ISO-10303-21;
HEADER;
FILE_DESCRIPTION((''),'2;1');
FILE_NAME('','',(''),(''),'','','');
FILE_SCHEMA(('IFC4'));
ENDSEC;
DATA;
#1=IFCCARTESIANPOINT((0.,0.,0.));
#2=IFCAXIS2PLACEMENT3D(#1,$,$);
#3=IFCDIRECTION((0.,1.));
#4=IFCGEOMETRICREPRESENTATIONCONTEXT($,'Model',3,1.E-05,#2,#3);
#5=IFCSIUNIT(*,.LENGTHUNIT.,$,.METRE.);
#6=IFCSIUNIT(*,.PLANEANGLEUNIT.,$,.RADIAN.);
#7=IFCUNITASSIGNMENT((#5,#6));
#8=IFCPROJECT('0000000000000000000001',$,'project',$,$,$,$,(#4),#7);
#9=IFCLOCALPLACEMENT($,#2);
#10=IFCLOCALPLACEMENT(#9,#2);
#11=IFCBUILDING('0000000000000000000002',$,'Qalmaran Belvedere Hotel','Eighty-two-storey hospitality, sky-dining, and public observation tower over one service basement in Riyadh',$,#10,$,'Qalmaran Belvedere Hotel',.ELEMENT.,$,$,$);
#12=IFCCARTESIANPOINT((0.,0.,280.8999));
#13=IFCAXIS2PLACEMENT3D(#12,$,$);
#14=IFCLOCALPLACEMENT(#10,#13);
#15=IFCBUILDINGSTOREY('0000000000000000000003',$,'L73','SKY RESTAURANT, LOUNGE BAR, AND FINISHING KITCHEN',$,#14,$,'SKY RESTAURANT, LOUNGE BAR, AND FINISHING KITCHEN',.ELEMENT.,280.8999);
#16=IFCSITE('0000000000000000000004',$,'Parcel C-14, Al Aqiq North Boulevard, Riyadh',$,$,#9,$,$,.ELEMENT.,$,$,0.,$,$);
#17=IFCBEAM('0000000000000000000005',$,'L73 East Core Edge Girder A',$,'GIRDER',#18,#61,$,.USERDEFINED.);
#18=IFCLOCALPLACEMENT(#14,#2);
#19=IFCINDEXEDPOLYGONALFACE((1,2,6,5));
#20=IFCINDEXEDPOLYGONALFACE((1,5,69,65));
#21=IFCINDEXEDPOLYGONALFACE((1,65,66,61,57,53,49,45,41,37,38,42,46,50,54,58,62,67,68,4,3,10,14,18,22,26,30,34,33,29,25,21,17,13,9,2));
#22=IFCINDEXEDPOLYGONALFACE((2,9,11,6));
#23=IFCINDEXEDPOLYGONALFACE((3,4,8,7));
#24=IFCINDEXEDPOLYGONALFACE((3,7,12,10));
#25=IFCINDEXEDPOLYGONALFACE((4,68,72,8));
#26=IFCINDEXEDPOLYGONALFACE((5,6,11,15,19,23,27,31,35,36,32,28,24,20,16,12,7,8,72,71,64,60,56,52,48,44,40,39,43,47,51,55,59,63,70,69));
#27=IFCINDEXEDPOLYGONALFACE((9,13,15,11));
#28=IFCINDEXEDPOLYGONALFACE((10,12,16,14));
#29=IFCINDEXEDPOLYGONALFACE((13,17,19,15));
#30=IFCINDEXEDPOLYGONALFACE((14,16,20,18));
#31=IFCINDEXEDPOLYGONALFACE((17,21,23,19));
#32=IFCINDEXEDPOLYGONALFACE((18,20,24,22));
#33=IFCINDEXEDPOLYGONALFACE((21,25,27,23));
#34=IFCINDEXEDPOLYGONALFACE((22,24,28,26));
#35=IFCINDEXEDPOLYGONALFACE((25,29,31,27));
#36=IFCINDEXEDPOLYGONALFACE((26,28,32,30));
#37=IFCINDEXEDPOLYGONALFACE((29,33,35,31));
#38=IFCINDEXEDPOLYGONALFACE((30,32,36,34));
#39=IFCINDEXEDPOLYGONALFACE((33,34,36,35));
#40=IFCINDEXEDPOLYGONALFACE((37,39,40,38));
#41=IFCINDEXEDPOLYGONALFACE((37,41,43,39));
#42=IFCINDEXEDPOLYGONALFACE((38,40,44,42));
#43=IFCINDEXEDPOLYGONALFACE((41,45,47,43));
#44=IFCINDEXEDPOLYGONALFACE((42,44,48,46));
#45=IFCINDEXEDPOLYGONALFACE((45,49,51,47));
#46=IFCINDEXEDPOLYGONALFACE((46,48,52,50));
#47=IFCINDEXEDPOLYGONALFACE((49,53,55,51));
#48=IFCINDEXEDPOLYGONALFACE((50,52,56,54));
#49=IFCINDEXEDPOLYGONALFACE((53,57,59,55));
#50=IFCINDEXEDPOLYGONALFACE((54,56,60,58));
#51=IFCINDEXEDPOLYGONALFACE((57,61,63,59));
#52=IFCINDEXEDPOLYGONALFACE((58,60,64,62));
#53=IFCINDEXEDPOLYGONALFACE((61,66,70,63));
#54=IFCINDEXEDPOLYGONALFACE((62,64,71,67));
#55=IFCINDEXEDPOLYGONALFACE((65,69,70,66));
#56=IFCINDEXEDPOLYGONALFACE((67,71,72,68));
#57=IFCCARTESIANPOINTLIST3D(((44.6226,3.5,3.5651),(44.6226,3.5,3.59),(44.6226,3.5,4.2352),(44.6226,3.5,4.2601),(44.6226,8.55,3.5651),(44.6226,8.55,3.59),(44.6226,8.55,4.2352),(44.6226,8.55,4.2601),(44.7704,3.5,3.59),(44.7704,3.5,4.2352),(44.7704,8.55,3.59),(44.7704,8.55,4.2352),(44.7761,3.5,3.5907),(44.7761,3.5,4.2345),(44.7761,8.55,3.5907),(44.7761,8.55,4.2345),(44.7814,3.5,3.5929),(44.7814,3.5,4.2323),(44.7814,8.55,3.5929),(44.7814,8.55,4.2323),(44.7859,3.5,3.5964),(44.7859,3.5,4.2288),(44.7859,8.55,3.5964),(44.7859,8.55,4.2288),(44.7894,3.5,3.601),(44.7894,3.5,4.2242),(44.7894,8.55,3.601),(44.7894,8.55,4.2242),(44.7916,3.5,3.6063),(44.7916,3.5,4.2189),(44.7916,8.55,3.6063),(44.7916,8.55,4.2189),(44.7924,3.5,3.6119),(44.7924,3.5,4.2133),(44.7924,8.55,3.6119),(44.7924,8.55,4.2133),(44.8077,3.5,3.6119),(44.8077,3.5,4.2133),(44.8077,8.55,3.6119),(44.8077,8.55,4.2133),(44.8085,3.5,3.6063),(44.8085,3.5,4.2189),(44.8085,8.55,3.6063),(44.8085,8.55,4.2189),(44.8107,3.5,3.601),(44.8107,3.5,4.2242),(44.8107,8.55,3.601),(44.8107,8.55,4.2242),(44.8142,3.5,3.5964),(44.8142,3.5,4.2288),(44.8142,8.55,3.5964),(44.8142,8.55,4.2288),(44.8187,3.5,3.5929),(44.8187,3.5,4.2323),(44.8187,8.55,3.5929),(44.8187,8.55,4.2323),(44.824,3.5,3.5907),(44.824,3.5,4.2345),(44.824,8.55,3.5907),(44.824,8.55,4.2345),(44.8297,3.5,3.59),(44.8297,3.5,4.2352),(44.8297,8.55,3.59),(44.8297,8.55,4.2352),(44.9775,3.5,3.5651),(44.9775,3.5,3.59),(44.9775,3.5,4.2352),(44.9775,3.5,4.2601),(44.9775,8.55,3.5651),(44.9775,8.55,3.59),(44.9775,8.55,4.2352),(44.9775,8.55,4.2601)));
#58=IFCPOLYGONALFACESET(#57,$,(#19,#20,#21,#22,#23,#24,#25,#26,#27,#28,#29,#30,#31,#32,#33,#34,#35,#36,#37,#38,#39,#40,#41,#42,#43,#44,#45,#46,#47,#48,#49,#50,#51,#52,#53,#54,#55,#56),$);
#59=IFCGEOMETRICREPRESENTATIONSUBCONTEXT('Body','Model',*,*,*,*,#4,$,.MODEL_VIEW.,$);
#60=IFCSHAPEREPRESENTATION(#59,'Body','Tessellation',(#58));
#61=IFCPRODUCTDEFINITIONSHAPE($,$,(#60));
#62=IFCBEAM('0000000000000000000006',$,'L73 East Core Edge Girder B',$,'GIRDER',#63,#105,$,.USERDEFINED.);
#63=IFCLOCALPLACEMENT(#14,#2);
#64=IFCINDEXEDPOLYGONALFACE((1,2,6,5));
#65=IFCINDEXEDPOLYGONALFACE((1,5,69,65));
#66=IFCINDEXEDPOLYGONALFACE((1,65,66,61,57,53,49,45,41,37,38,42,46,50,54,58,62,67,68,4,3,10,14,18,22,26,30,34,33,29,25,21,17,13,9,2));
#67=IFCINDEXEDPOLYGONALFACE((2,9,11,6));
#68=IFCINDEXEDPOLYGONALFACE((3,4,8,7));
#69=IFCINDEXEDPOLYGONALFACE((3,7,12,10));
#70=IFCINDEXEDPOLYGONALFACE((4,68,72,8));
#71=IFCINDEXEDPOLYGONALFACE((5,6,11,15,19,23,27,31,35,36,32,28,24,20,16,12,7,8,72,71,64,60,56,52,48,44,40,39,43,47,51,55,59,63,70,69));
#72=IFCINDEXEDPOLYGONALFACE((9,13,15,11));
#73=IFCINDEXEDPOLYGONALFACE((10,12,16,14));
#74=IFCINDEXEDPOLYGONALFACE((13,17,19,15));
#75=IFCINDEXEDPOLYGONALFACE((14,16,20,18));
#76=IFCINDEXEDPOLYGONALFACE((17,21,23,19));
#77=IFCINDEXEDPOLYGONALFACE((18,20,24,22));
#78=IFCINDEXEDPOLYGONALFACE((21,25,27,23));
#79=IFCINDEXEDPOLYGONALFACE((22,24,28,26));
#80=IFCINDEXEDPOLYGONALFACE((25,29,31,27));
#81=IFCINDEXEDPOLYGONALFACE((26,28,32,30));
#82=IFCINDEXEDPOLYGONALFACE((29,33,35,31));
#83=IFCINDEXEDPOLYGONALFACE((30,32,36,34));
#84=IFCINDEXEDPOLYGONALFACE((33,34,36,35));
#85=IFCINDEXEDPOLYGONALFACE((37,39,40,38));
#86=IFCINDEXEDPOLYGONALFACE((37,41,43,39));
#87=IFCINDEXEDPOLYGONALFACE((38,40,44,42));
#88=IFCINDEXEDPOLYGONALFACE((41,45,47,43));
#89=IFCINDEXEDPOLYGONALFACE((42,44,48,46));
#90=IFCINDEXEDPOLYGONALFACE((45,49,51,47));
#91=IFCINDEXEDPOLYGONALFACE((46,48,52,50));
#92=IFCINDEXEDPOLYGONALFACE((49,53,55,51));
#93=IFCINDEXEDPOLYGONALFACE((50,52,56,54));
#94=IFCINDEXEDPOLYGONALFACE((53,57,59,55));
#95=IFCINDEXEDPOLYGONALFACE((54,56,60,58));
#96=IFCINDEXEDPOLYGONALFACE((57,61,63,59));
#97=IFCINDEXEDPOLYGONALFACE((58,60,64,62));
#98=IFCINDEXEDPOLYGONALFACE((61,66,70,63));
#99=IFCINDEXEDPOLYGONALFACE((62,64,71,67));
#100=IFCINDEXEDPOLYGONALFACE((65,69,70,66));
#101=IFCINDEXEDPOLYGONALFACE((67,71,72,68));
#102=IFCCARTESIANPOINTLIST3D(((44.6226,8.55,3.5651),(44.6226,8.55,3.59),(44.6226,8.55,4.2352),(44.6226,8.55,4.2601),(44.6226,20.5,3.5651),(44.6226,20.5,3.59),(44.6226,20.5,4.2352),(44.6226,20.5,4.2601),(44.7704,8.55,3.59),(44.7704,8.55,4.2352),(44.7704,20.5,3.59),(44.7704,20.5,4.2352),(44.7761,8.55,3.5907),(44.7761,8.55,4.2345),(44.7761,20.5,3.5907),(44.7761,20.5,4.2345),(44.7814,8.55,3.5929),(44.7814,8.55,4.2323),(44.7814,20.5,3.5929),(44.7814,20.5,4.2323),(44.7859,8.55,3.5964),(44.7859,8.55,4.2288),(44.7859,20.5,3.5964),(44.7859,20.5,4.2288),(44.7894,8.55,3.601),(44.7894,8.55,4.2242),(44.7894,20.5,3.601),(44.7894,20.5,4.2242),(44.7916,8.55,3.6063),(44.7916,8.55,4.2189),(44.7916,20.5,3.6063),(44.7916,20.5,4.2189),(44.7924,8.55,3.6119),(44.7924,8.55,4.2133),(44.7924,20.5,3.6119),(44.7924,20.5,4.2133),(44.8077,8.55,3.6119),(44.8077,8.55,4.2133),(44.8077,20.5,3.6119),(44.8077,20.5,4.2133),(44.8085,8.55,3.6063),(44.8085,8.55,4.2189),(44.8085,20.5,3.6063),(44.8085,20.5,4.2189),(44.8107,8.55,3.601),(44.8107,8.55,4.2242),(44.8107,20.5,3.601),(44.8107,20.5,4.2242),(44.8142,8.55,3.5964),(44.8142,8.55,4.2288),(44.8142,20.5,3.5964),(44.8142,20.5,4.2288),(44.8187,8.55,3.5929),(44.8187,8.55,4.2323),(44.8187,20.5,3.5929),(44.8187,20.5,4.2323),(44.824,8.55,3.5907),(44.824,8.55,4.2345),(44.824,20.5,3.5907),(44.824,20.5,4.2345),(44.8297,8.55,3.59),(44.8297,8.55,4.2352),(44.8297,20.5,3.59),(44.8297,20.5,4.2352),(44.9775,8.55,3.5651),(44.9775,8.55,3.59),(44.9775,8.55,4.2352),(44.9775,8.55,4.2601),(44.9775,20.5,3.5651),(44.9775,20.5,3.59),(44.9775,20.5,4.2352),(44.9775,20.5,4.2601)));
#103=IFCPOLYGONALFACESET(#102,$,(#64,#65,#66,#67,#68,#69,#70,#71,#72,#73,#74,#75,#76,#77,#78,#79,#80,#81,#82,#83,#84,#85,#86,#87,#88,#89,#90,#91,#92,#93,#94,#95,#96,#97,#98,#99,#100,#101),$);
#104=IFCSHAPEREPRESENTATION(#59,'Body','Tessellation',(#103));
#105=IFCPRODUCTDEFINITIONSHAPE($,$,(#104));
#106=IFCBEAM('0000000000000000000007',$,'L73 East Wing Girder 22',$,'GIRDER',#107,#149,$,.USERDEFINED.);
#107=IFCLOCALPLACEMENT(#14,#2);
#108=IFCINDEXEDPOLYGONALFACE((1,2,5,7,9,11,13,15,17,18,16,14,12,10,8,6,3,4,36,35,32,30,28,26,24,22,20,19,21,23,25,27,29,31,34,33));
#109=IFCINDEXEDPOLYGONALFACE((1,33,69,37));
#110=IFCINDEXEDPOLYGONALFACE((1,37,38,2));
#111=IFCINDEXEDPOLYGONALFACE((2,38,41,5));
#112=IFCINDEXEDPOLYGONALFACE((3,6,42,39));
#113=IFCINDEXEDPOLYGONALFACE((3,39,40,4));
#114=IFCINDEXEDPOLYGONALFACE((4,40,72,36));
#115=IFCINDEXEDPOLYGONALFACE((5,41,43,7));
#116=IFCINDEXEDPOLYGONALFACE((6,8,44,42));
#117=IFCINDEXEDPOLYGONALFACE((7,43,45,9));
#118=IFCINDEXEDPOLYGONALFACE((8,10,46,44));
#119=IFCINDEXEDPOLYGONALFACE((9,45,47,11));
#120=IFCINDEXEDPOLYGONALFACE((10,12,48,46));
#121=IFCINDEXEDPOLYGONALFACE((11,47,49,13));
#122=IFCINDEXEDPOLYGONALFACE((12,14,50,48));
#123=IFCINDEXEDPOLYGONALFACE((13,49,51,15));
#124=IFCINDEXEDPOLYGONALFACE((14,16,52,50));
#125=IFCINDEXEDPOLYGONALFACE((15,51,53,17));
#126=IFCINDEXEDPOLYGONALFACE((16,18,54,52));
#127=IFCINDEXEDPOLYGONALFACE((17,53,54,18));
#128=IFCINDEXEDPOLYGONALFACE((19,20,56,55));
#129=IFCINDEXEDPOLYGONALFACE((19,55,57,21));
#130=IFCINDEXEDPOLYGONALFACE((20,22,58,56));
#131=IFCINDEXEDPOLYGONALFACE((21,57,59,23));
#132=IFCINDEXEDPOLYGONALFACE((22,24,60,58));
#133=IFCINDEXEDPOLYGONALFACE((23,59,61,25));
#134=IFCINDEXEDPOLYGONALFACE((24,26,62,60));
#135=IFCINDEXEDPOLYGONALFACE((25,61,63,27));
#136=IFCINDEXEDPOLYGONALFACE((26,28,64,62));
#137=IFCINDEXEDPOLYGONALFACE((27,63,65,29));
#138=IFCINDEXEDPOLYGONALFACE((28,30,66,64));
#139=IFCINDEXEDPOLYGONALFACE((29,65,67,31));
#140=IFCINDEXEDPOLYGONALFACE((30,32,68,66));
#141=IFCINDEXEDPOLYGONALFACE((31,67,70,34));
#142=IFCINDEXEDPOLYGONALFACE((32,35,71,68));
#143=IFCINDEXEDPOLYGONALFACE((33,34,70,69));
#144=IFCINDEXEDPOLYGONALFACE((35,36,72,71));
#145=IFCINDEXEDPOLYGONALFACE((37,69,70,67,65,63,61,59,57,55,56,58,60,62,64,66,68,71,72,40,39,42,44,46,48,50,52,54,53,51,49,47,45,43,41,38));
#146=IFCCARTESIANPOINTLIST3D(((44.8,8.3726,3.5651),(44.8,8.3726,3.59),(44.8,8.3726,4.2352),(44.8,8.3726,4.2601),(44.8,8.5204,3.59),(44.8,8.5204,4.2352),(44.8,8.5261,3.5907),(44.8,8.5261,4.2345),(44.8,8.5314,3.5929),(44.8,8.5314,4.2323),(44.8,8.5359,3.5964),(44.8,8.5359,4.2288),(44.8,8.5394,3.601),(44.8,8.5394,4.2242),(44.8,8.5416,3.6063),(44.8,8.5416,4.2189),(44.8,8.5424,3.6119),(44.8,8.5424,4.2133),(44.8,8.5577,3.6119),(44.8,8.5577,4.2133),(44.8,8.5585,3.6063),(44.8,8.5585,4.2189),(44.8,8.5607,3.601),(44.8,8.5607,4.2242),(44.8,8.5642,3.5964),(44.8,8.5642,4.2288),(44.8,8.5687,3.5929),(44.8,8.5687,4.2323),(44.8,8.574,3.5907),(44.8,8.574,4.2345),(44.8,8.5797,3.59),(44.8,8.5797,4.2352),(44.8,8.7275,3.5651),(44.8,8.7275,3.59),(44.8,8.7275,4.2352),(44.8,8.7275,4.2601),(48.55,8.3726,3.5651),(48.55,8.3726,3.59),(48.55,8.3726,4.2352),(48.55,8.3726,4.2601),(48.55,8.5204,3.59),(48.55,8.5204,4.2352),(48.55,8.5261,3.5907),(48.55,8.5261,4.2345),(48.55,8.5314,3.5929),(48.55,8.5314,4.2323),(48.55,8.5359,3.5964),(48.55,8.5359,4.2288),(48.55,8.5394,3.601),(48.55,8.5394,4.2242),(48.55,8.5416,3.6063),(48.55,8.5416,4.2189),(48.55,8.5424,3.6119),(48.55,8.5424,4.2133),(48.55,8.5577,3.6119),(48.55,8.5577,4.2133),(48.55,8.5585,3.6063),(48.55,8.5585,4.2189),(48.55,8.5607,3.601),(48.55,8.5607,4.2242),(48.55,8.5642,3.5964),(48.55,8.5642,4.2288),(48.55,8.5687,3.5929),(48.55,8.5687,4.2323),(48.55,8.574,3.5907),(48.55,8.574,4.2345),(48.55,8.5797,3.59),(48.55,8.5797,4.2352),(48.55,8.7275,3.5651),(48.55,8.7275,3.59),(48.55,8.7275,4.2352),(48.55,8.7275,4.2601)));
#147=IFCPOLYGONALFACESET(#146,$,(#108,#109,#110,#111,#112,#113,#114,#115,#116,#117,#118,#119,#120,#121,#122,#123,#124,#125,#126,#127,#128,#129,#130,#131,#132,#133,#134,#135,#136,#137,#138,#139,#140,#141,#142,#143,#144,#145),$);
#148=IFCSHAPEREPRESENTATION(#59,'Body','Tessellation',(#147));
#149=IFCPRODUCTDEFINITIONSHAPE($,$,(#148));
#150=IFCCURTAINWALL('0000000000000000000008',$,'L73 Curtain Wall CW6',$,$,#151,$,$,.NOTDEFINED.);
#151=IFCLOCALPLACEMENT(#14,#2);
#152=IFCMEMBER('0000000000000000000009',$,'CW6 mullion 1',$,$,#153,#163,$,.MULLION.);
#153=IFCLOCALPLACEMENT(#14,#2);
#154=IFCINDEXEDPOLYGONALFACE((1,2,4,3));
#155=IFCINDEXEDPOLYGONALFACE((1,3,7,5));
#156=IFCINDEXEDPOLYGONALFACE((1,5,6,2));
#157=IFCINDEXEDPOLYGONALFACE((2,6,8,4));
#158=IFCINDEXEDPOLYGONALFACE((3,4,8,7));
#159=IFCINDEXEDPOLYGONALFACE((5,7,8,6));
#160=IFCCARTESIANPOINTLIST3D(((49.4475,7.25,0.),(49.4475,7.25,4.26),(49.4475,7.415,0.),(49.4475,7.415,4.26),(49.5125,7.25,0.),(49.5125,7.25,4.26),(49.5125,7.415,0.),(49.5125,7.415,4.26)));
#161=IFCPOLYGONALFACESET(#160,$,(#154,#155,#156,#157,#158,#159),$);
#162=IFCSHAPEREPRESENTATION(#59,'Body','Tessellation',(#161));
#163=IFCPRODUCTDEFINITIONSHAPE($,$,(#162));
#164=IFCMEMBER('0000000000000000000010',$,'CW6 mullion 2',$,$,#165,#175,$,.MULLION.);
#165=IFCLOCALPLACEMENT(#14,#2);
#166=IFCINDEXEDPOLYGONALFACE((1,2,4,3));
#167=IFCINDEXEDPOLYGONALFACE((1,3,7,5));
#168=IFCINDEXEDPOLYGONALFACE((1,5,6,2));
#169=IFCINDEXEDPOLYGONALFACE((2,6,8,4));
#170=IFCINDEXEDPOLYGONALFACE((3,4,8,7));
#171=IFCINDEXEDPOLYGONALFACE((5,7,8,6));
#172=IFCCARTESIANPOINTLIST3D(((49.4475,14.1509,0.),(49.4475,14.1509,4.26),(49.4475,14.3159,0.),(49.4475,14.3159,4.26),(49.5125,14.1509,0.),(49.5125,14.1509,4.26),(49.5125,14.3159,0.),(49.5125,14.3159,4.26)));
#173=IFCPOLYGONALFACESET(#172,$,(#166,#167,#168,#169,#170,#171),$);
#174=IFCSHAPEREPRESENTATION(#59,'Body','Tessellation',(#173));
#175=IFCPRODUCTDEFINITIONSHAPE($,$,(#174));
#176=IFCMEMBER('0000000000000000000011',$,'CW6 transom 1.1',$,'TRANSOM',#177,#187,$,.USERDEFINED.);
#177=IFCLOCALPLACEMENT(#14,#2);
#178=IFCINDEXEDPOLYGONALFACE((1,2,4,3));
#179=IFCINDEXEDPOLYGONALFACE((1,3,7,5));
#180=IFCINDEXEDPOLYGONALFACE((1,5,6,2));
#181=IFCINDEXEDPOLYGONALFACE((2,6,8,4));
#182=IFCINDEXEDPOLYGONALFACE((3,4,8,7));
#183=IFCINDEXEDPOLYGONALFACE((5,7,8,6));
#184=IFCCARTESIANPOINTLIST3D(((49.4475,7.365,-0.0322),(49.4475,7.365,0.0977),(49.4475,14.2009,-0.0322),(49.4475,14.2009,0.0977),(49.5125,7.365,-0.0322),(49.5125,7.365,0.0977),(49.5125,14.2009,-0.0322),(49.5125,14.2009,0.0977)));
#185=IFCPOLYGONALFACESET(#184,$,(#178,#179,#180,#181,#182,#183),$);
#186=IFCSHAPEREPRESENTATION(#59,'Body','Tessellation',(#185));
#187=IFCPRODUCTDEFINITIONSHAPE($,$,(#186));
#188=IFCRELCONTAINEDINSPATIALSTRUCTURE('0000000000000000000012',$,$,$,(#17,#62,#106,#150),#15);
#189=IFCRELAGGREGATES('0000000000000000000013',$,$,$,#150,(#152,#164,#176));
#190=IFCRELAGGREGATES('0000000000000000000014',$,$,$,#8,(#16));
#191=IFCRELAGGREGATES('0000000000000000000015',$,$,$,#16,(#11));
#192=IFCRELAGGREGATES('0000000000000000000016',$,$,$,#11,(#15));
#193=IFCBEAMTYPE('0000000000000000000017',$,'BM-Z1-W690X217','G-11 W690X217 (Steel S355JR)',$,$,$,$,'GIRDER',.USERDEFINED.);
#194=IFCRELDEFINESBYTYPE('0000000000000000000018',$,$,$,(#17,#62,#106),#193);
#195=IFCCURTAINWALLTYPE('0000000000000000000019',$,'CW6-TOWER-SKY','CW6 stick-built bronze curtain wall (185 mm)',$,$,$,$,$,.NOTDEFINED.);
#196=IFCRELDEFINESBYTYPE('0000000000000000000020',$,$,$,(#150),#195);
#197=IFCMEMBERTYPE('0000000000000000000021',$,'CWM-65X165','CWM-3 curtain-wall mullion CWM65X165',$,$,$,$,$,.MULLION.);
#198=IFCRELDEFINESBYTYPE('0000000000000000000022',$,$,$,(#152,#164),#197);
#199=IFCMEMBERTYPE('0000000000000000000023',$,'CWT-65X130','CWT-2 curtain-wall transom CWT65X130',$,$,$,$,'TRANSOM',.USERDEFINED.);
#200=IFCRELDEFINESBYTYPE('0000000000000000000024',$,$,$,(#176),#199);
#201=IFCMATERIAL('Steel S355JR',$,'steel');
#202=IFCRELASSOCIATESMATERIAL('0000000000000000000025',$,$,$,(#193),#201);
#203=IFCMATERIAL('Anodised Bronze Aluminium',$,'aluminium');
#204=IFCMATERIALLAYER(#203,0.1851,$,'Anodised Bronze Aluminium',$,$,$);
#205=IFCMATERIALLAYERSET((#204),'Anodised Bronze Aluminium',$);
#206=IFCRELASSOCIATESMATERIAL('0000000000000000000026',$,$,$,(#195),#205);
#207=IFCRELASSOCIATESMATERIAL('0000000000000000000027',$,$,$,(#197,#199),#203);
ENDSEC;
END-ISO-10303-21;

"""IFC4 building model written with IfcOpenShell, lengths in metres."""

from ifc_helpers import new_model, si_unit, direction, frame, origin, origin_2d, place, context, subcontext, project, spatial, rectangle, i_section, extrude, material, layer, layer_set, material_profile, profile_set, type_object, element, aggregate, save


model = new_model("IFC4")

# Units and contexts
model_context = context("Model", 3, precision=1e-05, world=origin(), true_north=direction((0.0, 1.0)))
body_context = subcontext(model_context, "Body", "Model", "MODEL_VIEW")
ifc_project = project(units=[si_unit("LENGTHUNIT", "METRE"), si_unit("PLANEANGLEUNIT", "RADIAN")], contexts=[model_context])

# Site, building, storey
site_placement = place(None, origin())
site = spatial("IfcSite", under=ifc_project, at=site_placement, Name="Parcel C-14, Al Aqiq North Boulevard, Riyadh", CompositionType="ELEMENT", RefElevation=0.0)
building_placement = place(site_placement, origin())
building = spatial("IfcBuilding", under=site, at=building_placement, Name="Qalmaran Belvedere Hotel", Description="Eighty-two-storey hospitality, sky-dining, and public observation tower over one service basement in Riyadh", LongName="Qalmaran Belvedere Hotel", CompositionType="ELEMENT")
storey_placement = place(building_placement, frame((0.0, 0.0, 280.8999)))
storey = spatial("IfcBuildingStorey", under=building, at=storey_placement, Name="L73", Description="SKY RESTAURANT, LOUNGE BAR, AND FINISHING KITCHEN", LongName="SKY RESTAURANT, LOUNGE BAR, AND FINISHING KITCHEN", CompositionType="ELEMENT", Elevation=280.8999)

# Beams
ifc_material_1 = material(Name="Steel S355JR", Category="steel")
ifc_material_profile_1 = material_profile(ifc_material_1, i_section(OverallWidth=0.355, OverallDepth=0.6951, WebThickness=0.0154, FlangeThickness=0.0249, FilletRadius=0.022, at=origin_2d()), Name="W690X217")
ifc_profile_set_1 = profile_set([ifc_material_profile_1], Name="Steel S355JR")
beam_type_1 = type_object("IfcBeamType", Name="BM-Z1-W690X217", Description="G-11 W690X217 (Steel S355JR)", ElementType="GIRDER", PredefinedType="USERDEFINED", material=ifc_profile_set_1)
beam_1_placement = place(storey_placement, frame((44.8, 3.5, 3.9126), z_axis=(0.0, 1.0, 0.0), x_axis=(-1.0, 0.0, 0.0)))
element("IfcBeam", 1, at=beam_1_placement, inside=storey, type_object=beam_type_1, Name="L73 East Core Edge Girder A", ObjectType="GIRDER", PredefinedType="USERDEFINED", context=body_context, shape_type="SweptSolid", body=[
    extrude(i_section(OverallWidth=0.355, OverallDepth=0.6951, WebThickness=0.0154, FlangeThickness=0.0249, FilletRadius=0.022, at=origin_2d()), origin(), (0.0, 0.0, 1.0), 5.05),
])
beam_2_placement = place(storey_placement, frame((44.8, 8.55, 3.9126), z_axis=(0.0, 1.0, 0.0), x_axis=(-1.0, 0.0, 0.0)))
element("IfcBeam", 2, at=beam_2_placement, inside=storey, type_object=beam_type_1, Name="L73 East Core Edge Girder B", ObjectType="GIRDER", PredefinedType="USERDEFINED", context=body_context, shape_type="SweptSolid", body=[
    extrude(i_section(OverallWidth=0.355, OverallDepth=0.6951, WebThickness=0.0154, FlangeThickness=0.0249, FilletRadius=0.022, at=origin_2d()), origin(), (0.0, 0.0, 1.0), 11.95),
])
beam_3_placement = place(storey_placement, frame((44.8, 8.55, 3.9126), z_axis=(1.0, 0.0, 0.0), x_axis=(0.0, 1.0, 0.0)))
element("IfcBeam", 3, at=beam_3_placement, inside=storey, type_object=beam_type_1, Name="L73 East Wing Girder 22", ObjectType="GIRDER", PredefinedType="USERDEFINED", context=body_context, shape_type="SweptSolid", body=[
    extrude(i_section(OverallWidth=0.355, OverallDepth=0.6951, WebThickness=0.0154, FlangeThickness=0.0249, FilletRadius=0.022, at=origin_2d()), origin(), (0.0, 0.0, 1.0), 3.75),
])

# Curtain wall, members
ifc_material_2 = material(Name="Anodised Bronze Aluminium", Category="aluminium")
ifc_layer_1 = layer(ifc_material_2, 0.1851, Name="Anodised Bronze Aluminium")
ifc_layer_set_1 = layer_set([ifc_layer_1], Name="Anodised Bronze Aluminium")
curtain_wall_type = type_object("IfcCurtainWallType", Name="CW6-TOWER-SKY", Description="CW6 stick-built bronze curtain wall (185 mm)", PredefinedType="NOTDEFINED", material=ifc_layer_set_1)
curtain_wall_placement = place(storey_placement, origin())
curtain_wall = element("IfcCurtainWall", 4, at=curtain_wall_placement, inside=storey, type_object=curtain_wall_type, Name="L73 Curtain Wall CW6", PredefinedType="NOTDEFINED")
ifc_material_profile_2 = material_profile(ifc_material_2, rectangle(XDim=0.0649, YDim=0.165, at=origin_2d()), Name="CWM65X165")
ifc_profile_set_2 = profile_set([ifc_material_profile_2], Name="Anodised Bronze Aluminium")
member_type_1 = type_object("IfcMemberType", Name="CWM-65X165", Description="CWM-3 curtain-wall mullion CWM65X165", PredefinedType="MULLION", material=ifc_profile_set_2)
member_1_placement = place(storey_placement, frame((49.48, 7.3325, 0.0), z_axis=(0.0, 0.0, 1.0), x_axis=(-1.0, 0.0, 0.0)))
member_1 = element("IfcMember", 5, at=member_1_placement, type_object=member_type_1, Name="CW6 mullion 1", PredefinedType="MULLION", context=body_context, shape_type="SweptSolid", body=[
    extrude(rectangle(XDim=0.0649, YDim=0.165, at=origin_2d()), origin(), (0.0, 0.0, 1.0), 4.26),
])
member_2_placement = place(storey_placement, frame((49.48, 14.2334, 0.0), z_axis=(0.0, 0.0, 1.0), x_axis=(-1.0, 0.0, 0.0)))
member_2 = element("IfcMember", 6, at=member_2_placement, type_object=member_type_1, Name="CW6 mullion 2", PredefinedType="MULLION", context=body_context, shape_type="SweptSolid", body=[
    extrude(rectangle(XDim=0.0649, YDim=0.165, at=origin_2d()), origin(), (0.0, 0.0, 1.0), 4.26),
])
ifc_material_profile_3 = material_profile(ifc_material_2, rectangle(XDim=0.0649, YDim=0.1299, at=origin_2d()), Name="CWT65X130")
ifc_profile_set_3 = profile_set([ifc_material_profile_3], Name="Anodised Bronze Aluminium")
member_type_2 = type_object("IfcMemberType", Name="CWT-65X130", Description="CWT-2 curtain-wall transom CWT65X130", ElementType="TRANSOM", PredefinedType="USERDEFINED", material=ifc_profile_set_3)
member_3_placement = place(storey_placement, frame((49.48, 7.365, 0.0327), z_axis=(0.0, 1.0, 0.0), x_axis=(-1.0, 0.0, 0.0)))
member_3 = element("IfcMember", 7, at=member_3_placement, type_object=member_type_2, Name="CW6 transom 1.1", ObjectType="TRANSOM", PredefinedType="USERDEFINED", context=body_context, shape_type="SweptSolid", body=[
    extrude(rectangle(XDim=0.0649, YDim=0.1299, at=origin_2d()), origin(), (0.0, 0.0, 1.0), 6.8359),
])
aggregate(curtain_wall, [member_1, member_2, member_3])

save(model, "model.ifc")
